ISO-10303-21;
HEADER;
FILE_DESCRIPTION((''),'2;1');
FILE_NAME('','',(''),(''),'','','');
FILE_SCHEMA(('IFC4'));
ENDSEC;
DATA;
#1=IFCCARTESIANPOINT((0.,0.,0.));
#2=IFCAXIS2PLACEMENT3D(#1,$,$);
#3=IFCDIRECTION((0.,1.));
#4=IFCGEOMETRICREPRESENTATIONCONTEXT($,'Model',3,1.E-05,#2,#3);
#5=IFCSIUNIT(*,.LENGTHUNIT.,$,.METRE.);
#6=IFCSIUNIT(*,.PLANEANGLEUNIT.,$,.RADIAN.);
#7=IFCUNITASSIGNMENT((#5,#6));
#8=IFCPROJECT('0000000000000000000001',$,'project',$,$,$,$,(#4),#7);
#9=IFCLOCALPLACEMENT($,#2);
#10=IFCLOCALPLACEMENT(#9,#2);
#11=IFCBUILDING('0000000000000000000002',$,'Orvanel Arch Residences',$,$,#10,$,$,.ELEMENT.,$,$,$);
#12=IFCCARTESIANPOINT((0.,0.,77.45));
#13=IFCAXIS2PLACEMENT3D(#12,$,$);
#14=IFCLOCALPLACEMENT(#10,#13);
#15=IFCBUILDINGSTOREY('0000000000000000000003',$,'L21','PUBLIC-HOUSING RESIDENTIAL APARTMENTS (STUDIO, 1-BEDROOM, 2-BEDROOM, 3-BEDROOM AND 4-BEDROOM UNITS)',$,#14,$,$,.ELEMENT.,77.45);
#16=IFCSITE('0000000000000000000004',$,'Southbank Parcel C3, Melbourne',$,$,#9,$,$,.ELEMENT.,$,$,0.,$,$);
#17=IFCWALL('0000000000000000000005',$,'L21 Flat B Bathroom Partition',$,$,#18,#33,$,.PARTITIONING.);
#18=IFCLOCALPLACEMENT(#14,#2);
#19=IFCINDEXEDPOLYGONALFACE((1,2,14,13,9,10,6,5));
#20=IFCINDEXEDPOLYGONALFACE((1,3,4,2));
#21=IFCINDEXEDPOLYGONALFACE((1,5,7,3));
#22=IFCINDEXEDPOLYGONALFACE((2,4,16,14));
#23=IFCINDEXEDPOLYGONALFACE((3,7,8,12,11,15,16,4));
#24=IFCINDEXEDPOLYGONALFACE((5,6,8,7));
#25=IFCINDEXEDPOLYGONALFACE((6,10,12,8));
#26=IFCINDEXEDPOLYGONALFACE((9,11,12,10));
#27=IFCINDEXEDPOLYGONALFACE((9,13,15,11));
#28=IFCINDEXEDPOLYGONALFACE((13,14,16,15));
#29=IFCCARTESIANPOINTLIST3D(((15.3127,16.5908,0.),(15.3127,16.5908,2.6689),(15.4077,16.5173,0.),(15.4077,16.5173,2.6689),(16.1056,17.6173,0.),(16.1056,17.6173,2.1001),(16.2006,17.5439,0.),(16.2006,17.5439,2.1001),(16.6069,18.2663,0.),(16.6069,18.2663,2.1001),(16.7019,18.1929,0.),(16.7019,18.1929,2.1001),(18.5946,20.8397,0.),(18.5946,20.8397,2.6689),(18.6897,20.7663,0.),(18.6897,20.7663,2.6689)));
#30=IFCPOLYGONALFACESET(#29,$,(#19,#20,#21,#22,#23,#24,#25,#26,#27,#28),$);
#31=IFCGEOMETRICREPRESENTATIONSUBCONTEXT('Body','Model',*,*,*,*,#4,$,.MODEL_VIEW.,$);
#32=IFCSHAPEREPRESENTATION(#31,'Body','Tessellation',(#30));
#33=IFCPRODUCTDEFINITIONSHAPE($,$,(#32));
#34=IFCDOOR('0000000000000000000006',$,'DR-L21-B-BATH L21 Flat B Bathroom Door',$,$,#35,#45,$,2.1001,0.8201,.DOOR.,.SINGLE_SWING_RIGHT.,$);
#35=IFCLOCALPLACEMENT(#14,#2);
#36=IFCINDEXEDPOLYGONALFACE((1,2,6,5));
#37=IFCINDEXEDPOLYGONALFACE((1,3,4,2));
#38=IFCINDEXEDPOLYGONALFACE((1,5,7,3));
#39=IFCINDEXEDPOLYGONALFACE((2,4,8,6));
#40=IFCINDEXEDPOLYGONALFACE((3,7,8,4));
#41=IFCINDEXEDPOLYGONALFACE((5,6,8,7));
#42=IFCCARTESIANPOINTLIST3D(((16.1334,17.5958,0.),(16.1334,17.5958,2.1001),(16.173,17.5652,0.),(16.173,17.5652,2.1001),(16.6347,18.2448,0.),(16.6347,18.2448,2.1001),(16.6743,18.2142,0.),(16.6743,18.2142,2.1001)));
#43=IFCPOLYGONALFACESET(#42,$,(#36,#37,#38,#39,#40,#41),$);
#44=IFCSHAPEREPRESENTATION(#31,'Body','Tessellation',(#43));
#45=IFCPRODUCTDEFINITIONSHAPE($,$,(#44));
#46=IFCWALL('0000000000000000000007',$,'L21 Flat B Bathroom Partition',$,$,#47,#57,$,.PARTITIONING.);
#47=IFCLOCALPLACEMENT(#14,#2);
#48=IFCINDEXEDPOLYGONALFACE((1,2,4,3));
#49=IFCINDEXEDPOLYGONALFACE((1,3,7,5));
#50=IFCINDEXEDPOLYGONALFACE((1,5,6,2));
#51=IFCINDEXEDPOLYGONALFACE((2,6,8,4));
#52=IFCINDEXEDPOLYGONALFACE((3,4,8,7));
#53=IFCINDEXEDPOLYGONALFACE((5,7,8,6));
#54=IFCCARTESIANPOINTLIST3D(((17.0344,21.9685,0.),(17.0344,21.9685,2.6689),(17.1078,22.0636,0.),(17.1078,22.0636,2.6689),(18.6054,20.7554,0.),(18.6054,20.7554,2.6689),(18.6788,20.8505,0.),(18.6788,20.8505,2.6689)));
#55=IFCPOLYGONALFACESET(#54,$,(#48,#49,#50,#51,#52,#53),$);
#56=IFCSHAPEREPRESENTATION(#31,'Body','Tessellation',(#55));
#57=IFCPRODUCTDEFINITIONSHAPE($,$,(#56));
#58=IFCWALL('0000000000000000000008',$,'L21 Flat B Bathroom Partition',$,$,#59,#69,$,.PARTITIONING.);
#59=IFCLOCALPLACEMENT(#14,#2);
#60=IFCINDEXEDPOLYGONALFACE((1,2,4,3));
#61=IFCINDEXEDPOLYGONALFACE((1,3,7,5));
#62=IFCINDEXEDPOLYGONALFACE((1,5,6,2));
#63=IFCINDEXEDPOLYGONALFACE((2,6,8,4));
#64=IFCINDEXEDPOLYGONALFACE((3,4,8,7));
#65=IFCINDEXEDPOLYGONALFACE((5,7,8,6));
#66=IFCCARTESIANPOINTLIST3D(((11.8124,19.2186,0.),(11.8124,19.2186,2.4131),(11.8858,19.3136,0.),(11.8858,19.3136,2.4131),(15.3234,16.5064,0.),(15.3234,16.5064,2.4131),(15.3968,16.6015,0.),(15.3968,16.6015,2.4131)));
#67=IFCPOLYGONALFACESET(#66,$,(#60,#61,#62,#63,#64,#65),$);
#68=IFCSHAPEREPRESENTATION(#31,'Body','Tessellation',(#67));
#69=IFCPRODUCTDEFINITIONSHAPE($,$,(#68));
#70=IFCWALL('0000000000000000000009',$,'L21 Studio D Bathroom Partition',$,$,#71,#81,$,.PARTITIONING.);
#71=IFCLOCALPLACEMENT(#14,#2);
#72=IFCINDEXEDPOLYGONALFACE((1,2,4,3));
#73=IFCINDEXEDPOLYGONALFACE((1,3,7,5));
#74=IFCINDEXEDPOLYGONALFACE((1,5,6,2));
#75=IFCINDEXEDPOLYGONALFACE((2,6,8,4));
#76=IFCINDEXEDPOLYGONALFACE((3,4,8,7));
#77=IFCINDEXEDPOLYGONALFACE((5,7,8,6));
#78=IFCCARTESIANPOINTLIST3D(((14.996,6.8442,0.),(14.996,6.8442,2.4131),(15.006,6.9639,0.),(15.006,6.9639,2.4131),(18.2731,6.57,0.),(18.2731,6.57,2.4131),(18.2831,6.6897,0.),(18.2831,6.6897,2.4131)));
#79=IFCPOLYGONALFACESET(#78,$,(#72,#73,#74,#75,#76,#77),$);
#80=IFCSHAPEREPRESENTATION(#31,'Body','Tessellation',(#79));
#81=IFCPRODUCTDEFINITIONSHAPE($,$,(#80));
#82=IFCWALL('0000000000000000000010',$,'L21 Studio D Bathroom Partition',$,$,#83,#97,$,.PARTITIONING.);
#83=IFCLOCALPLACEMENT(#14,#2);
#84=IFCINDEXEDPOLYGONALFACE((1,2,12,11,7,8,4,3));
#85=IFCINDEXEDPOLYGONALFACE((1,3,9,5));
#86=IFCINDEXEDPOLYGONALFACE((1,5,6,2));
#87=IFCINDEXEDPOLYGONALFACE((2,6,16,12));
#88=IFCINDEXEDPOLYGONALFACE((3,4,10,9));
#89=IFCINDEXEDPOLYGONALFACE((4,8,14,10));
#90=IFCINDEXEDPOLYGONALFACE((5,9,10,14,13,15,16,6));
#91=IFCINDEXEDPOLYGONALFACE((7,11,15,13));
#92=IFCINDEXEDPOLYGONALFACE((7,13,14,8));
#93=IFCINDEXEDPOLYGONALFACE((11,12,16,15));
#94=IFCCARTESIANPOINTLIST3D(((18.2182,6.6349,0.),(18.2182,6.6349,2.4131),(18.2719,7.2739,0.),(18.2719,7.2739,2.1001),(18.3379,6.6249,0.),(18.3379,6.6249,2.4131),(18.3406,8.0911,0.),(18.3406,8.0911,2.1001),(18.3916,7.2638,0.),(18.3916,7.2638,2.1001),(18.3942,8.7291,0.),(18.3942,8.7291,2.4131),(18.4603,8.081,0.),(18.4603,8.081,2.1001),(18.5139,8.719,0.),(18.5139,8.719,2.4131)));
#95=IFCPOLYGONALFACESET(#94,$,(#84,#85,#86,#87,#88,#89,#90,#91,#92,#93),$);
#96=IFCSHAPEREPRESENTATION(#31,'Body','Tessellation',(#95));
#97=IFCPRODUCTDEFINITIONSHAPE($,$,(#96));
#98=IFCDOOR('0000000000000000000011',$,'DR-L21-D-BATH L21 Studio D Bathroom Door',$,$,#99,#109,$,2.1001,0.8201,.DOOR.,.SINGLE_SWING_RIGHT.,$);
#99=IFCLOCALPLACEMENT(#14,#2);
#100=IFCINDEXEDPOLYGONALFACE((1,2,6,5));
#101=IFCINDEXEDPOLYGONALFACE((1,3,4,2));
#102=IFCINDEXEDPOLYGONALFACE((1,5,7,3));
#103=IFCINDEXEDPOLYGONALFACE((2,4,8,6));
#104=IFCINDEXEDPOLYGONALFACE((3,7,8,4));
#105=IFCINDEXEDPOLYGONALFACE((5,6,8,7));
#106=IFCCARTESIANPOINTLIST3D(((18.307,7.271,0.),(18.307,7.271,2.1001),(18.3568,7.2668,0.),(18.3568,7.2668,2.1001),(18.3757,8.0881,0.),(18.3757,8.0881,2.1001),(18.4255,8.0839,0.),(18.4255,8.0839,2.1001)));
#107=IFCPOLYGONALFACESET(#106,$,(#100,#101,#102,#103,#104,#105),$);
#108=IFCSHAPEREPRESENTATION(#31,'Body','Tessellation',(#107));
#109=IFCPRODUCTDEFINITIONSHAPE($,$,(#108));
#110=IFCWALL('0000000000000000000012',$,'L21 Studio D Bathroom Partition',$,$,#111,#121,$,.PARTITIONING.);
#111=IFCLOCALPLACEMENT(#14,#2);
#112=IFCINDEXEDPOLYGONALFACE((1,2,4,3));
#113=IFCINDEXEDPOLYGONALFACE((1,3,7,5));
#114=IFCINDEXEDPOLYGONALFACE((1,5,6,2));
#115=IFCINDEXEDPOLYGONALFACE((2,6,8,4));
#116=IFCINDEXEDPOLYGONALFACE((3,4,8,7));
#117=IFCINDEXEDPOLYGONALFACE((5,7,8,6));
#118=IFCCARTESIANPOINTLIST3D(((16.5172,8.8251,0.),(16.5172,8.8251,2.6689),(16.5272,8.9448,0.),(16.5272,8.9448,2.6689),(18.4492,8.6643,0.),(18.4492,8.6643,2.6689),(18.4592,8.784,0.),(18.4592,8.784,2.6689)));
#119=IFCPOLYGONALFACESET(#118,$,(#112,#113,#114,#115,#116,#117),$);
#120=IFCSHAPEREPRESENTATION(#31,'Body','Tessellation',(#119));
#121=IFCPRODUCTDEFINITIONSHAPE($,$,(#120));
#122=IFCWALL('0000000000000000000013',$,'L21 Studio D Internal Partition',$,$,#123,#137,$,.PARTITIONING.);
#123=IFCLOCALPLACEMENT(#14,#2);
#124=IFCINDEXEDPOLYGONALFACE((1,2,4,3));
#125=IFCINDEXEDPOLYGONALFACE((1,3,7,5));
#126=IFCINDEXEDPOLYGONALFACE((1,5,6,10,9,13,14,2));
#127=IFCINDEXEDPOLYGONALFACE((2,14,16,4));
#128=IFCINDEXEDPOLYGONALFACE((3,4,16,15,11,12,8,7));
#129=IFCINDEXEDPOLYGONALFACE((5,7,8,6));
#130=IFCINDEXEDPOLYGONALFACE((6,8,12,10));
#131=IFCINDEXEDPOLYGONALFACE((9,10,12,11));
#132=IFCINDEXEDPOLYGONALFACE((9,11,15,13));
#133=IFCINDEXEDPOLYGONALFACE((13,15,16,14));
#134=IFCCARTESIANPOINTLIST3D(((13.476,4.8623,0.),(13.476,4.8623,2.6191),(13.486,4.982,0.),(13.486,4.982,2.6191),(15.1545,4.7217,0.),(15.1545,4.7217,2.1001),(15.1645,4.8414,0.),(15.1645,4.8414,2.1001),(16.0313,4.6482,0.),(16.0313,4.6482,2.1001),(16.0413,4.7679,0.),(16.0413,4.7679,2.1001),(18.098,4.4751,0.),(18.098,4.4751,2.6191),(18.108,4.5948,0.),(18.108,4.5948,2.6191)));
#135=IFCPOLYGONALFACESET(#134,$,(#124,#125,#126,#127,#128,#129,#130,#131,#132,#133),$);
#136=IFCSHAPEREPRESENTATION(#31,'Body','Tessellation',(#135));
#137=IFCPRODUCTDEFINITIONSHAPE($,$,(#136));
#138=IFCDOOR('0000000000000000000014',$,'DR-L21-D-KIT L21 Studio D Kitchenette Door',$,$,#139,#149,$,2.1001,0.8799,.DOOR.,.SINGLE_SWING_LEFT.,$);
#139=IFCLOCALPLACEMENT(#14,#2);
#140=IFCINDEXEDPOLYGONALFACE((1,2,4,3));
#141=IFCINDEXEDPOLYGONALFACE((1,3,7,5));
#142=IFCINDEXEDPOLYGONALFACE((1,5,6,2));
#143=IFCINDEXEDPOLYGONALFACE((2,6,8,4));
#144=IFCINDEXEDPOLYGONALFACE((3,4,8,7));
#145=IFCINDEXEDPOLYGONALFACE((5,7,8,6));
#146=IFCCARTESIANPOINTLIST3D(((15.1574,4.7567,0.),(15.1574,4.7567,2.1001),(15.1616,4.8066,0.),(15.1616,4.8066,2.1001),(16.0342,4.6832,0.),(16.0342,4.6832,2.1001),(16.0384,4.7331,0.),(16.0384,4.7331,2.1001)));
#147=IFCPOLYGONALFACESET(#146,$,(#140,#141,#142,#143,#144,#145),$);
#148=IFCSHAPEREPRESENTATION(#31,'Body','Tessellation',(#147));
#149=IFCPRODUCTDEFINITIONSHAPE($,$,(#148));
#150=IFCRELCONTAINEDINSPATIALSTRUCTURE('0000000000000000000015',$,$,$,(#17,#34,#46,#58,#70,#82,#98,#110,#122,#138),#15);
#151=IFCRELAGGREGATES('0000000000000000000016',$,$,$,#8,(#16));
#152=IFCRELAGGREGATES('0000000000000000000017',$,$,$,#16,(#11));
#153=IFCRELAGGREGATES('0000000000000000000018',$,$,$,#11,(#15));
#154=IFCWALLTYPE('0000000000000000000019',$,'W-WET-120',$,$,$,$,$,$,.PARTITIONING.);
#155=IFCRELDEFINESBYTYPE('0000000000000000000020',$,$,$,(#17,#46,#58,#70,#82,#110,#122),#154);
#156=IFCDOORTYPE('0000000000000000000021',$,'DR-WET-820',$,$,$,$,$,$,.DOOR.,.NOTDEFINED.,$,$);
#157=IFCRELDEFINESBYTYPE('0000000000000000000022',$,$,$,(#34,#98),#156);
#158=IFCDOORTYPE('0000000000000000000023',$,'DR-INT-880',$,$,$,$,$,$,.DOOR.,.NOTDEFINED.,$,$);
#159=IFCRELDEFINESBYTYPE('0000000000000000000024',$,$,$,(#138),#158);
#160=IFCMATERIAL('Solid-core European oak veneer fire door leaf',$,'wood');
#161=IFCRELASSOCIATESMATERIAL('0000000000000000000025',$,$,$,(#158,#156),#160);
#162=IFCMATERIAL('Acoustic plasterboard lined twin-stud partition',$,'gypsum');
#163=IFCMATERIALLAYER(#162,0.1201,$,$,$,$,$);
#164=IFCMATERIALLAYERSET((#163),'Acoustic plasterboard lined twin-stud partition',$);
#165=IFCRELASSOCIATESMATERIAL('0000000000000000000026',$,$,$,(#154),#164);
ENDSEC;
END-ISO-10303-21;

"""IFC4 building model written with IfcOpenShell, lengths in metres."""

from ifc_helpers import new_model, si_unit, direction, frame, frame_2d, origin, place, context, subcontext, project, spatial, rectangle, extrude, material, layer, layer_set, type_object, element, fill, save


model = new_model("IFC4")

# Units and contexts
model_context = context("Model", 3, precision=1e-05, world=origin(), true_north=direction((0.0, 1.0)))
body_context = subcontext(model_context, "Body", "Model", "MODEL_VIEW")
ifc_project = project(units=[si_unit("LENGTHUNIT", "METRE"), si_unit("PLANEANGLEUNIT", "RADIAN")], contexts=[model_context])

# Site, building, storey
site_placement = place(None, origin())
site = spatial("IfcSite", under=ifc_project, at=site_placement, Name="Southbank Parcel C3, Melbourne", CompositionType="ELEMENT", RefElevation=0.0)
building_placement = place(site_placement, origin())
building = spatial("IfcBuilding", under=site, at=building_placement, Name="Orvanel Arch Residences", CompositionType="ELEMENT")
storey_placement = place(building_placement, frame((0.0, 0.0, 77.45)))
storey = spatial("IfcBuildingStorey", under=building, at=storey_placement, Name="L21", Description="PUBLIC-HOUSING RESIDENTIAL APARTMENTS (STUDIO, 1-BEDROOM, 2-BEDROOM, 3-BEDROOM AND 4-BEDROOM UNITS)", CompositionType="ELEMENT", Elevation=77.45)

# Shared definitions
ifc_material_1 = material(Name="Solid-core European oak veneer fire door leaf", Category="wood")
door_type_1 = type_object("IfcDoorType", Name="DR-INT-880", OperationType="NOTDEFINED", PredefinedType="DOOR", material=ifc_material_1)

# Wall, opening, door
ifc_material_2 = material(Name="Acoustic plasterboard lined twin-stud partition", Category="gypsum")
door_type_2 = type_object("IfcDoorType", Name="DR-WET-820", OperationType="NOTDEFINED", PredefinedType="DOOR", material=ifc_material_1)
ifc_layer_1 = layer(ifc_material_2, 0.1201)
ifc_layer_set_1 = layer_set([ifc_layer_1], Name="Acoustic plasterboard lined twin-stud partition")
wall_type_1 = type_object("IfcWallType", Name="W-WET-120", PredefinedType="PARTITIONING", material=ifc_layer_set_1)
wall_1_placement = place(storey_placement, frame((15.3601, 16.554, 0.0), z_axis=(0.0, 0.0, 1.0), x_axis=(0.61129, 0.791407, 0.0)))
wall_1 = element("IfcWall", 1, at=wall_1_placement, inside=storey, type_object=wall_type_1, Name="L21 Flat B Bathroom Partition", PredefinedType="PARTITIONING", context=body_context, shape_type="SweptSolid", body=[
    extrude(rectangle(XDim=5.3689, YDim=0.1201, at=frame_2d((2.6846, 0.0))), origin(), (0.0, 0.0, 1.0), 2.6689),
])
opening_1_placement = place(wall_1_placement, frame((1.2971, 0.0, 0.0)))
opening_1 = element("IfcOpeningElement", 2, at=opening_1_placement, cuts=wall_1, PredefinedType="OPENING", context=body_context, shape_type="SweptSolid", body=[
    extrude(rectangle(XDim=0.8201, YDim=2.1001, at=frame_2d((0.4102, 1.05))), frame((0.0, 0.0701, 0.0), z_axis=(0.0, -1.0, 0.0), x_axis=(1.0, 0.0, 0.0)), (0.0, 0.0, 1.0), 0.1401),
])
door_1_placement = place(opening_1_placement, origin())
door_1 = element("IfcDoor", 3, at=door_1_placement, inside=storey, type_object=door_type_2, Name="DR-L21-B-BATH L21 Flat B Bathroom Door", OperationType="SINGLE_SWING_RIGHT", OverallHeight=2.1001, OverallWidth=0.8201, PredefinedType="DOOR", context=body_context, shape_type="SweptSolid", body=[
    extrude(rectangle(XDim=0.8201, YDim=2.1001, at=frame_2d((0.4102, 1.05))), frame((0.0, 0.0249, 0.0), z_axis=(0.0, -1.0, 0.0), x_axis=(1.0, 0.0, 0.0)), (0.0, 0.0, 1.0), 0.05),
])
fill(opening_1, door_1)

# Walls
wall_2_placement = place(storey_placement, frame((18.6421, 20.803, 0.0), z_axis=(0.0, 0.0, 1.0), x_axis=(-0.791493, 0.611178, 0.0)))
element("IfcWall", 4, at=wall_2_placement, inside=storey, type_object=wall_type_1, Name="L21 Flat B Bathroom Partition", PredefinedType="PARTITIONING", context=body_context, shape_type="SweptSolid", body=[
    extrude(rectangle(XDim=1.9849, YDim=0.1201, at=frame_2d((0.9924, 0.0))), origin(), (0.0, 0.0, 1.0), 2.6689),
])
wall_3_placement = place(storey_placement, frame((15.3601, 16.554, 0.0), z_axis=(0.0, 0.0, 1.0), x_axis=(-0.791381, 0.611324, 0.0)))
element("IfcWall", 5, at=wall_3_placement, inside=storey, type_object=wall_type_1, Name="L21 Flat B Bathroom Partition", PredefinedType="PARTITIONING", context=body_context, shape_type="SweptSolid", body=[
    extrude(rectangle(XDim=4.4365, YDim=0.1201, at=frame_2d((2.2183, 0.0))), origin(), (0.0, 0.0, 1.0), 2.4131),
])
wall_4_placement = place(storey_placement, frame((15.001, 6.9041, 0.0), z_axis=(0.0, 0.0, 1.0), x_axis=(0.996519, -0.083371, 0.0)))
element("IfcWall", 6, at=wall_4_placement, inside=storey, type_object=wall_type_1, Name="L21 Studio D Bathroom Partition", PredefinedType="PARTITIONING", context=body_context, shape_type="SweptSolid", body=[
    extrude(rectangle(XDim=3.2886, YDim=0.1201, at=frame_2d((1.6443, 0.0))), origin(), (0.0, 0.0, 1.0), 2.4131),
])

# Wall, opening, door
wall_5_placement = place(storey_placement, frame((18.2781, 6.6299, 0.0), z_axis=(0.0, 0.0, 1.0), x_axis=(0.083757, 0.996486, 0.0)))
wall_5 = element("IfcWall", 7, at=wall_5_placement, inside=storey, type_object=wall_type_1, Name="L21 Studio D Bathroom Partition", PredefinedType="PARTITIONING", context=body_context, shape_type="SweptSolid", body=[
    extrude(rectangle(XDim=2.1016, YDim=0.1201, at=frame_2d((1.0508, 0.0))), origin(), (0.0, 0.0, 1.0), 2.4131),
])
opening_2_placement = place(wall_5_placement, frame((0.6411, 0.0, 0.0)))
opening_2 = element("IfcOpeningElement", 8, at=opening_2_placement, cuts=wall_5, PredefinedType="OPENING", context=body_context, shape_type="SweptSolid", body=[
    extrude(rectangle(XDim=0.8201, YDim=2.1001, at=frame_2d((0.4102, 1.05))), frame((0.0, 0.0701, 0.0), z_axis=(0.0, -1.0, 0.0), x_axis=(1.0, 0.0, 0.0)), (0.0, 0.0, 1.0), 0.1401),
])
door_2_placement = place(opening_2_placement, origin())
door_2 = element("IfcDoor", 9, at=door_2_placement, inside=storey, type_object=door_type_2, Name="DR-L21-D-BATH L21 Studio D Bathroom Door", OperationType="SINGLE_SWING_RIGHT", OverallHeight=2.1001, OverallWidth=0.8201, PredefinedType="DOOR", context=body_context, shape_type="SweptSolid", body=[
    extrude(rectangle(XDim=0.8201, YDim=2.1001, at=frame_2d((0.4102, 1.05))), frame((0.0, 0.0249, 0.0), z_axis=(0.0, -1.0, 0.0), x_axis=(1.0, 0.0, 0.0)), (0.0, 0.0, 1.0), 0.05),
])
fill(opening_2, door_2)

# Wall
wall_6_placement = place(storey_placement, frame((18.4541, 8.7241, 0.0), z_axis=(0.0, 0.0, 1.0), x_axis=(-0.996551, 0.082983, 0.0)))
element("IfcWall", 10, at=wall_6_placement, inside=storey, type_object=wall_type_1, Name="L21 Studio D Bathroom Partition", PredefinedType="PARTITIONING", context=body_context, shape_type="SweptSolid", body=[
    extrude(rectangle(XDim=1.9387, YDim=0.1201, at=frame_2d((0.9692, 0.0))), origin(), (0.0, 0.0, 1.0), 2.6689),
])

# Wall, opening, door
wall_7_placement = place(storey_placement, frame((18.103, 4.5349, 0.0), z_axis=(0.0, 0.0, 1.0), x_axis=(-0.996509, 0.083481, 0.0)))
wall_7 = element("IfcWall", 11, at=wall_7_placement, inside=storey, type_object=wall_type_1, Name="L21 Studio D Internal Partition", PredefinedType="PARTITIONING", context=body_context, shape_type="SweptSolid", body=[
    extrude(rectangle(XDim=4.6382, YDim=0.1201, at=frame_2d((2.3191, 0.0))), origin(), (0.0, 0.0, 1.0), 2.6191),
])
opening_3_placement = place(wall_7_placement, frame((2.074, 0.0, 0.0)))
opening_3 = element("IfcOpeningElement", 12, at=opening_3_placement, cuts=wall_7, PredefinedType="OPENING", context=body_context, shape_type="SweptSolid", body=[
    extrude(rectangle(XDim=0.8799, YDim=2.1001, at=frame_2d((0.4399, 1.05))), frame((0.0, 0.0701, 0.0), z_axis=(0.0, -1.0, 0.0), x_axis=(1.0, 0.0, 0.0)), (0.0, 0.0, 1.0), 0.1401),
])
door_3_placement = place(opening_3_placement, origin())
door_3 = element("IfcDoor", 13, at=door_3_placement, inside=storey, type_object=door_type_1, Name="DR-L21-D-KIT L21 Studio D Kitchenette Door", OperationType="SINGLE_SWING_LEFT", OverallHeight=2.1001, OverallWidth=0.8799, PredefinedType="DOOR", context=body_context, shape_type="SweptSolid", body=[
    extrude(rectangle(XDim=0.8799, YDim=2.1001, at=frame_2d((0.4399, 1.05))), frame((0.0, 0.0249, 0.0), z_axis=(0.0, -1.0, 0.0), x_axis=(1.0, 0.0, 0.0)), (0.0, 0.0, 1.0), 0.05),
])
fill(opening_3, door_3)

save(model, "model.ifc")
